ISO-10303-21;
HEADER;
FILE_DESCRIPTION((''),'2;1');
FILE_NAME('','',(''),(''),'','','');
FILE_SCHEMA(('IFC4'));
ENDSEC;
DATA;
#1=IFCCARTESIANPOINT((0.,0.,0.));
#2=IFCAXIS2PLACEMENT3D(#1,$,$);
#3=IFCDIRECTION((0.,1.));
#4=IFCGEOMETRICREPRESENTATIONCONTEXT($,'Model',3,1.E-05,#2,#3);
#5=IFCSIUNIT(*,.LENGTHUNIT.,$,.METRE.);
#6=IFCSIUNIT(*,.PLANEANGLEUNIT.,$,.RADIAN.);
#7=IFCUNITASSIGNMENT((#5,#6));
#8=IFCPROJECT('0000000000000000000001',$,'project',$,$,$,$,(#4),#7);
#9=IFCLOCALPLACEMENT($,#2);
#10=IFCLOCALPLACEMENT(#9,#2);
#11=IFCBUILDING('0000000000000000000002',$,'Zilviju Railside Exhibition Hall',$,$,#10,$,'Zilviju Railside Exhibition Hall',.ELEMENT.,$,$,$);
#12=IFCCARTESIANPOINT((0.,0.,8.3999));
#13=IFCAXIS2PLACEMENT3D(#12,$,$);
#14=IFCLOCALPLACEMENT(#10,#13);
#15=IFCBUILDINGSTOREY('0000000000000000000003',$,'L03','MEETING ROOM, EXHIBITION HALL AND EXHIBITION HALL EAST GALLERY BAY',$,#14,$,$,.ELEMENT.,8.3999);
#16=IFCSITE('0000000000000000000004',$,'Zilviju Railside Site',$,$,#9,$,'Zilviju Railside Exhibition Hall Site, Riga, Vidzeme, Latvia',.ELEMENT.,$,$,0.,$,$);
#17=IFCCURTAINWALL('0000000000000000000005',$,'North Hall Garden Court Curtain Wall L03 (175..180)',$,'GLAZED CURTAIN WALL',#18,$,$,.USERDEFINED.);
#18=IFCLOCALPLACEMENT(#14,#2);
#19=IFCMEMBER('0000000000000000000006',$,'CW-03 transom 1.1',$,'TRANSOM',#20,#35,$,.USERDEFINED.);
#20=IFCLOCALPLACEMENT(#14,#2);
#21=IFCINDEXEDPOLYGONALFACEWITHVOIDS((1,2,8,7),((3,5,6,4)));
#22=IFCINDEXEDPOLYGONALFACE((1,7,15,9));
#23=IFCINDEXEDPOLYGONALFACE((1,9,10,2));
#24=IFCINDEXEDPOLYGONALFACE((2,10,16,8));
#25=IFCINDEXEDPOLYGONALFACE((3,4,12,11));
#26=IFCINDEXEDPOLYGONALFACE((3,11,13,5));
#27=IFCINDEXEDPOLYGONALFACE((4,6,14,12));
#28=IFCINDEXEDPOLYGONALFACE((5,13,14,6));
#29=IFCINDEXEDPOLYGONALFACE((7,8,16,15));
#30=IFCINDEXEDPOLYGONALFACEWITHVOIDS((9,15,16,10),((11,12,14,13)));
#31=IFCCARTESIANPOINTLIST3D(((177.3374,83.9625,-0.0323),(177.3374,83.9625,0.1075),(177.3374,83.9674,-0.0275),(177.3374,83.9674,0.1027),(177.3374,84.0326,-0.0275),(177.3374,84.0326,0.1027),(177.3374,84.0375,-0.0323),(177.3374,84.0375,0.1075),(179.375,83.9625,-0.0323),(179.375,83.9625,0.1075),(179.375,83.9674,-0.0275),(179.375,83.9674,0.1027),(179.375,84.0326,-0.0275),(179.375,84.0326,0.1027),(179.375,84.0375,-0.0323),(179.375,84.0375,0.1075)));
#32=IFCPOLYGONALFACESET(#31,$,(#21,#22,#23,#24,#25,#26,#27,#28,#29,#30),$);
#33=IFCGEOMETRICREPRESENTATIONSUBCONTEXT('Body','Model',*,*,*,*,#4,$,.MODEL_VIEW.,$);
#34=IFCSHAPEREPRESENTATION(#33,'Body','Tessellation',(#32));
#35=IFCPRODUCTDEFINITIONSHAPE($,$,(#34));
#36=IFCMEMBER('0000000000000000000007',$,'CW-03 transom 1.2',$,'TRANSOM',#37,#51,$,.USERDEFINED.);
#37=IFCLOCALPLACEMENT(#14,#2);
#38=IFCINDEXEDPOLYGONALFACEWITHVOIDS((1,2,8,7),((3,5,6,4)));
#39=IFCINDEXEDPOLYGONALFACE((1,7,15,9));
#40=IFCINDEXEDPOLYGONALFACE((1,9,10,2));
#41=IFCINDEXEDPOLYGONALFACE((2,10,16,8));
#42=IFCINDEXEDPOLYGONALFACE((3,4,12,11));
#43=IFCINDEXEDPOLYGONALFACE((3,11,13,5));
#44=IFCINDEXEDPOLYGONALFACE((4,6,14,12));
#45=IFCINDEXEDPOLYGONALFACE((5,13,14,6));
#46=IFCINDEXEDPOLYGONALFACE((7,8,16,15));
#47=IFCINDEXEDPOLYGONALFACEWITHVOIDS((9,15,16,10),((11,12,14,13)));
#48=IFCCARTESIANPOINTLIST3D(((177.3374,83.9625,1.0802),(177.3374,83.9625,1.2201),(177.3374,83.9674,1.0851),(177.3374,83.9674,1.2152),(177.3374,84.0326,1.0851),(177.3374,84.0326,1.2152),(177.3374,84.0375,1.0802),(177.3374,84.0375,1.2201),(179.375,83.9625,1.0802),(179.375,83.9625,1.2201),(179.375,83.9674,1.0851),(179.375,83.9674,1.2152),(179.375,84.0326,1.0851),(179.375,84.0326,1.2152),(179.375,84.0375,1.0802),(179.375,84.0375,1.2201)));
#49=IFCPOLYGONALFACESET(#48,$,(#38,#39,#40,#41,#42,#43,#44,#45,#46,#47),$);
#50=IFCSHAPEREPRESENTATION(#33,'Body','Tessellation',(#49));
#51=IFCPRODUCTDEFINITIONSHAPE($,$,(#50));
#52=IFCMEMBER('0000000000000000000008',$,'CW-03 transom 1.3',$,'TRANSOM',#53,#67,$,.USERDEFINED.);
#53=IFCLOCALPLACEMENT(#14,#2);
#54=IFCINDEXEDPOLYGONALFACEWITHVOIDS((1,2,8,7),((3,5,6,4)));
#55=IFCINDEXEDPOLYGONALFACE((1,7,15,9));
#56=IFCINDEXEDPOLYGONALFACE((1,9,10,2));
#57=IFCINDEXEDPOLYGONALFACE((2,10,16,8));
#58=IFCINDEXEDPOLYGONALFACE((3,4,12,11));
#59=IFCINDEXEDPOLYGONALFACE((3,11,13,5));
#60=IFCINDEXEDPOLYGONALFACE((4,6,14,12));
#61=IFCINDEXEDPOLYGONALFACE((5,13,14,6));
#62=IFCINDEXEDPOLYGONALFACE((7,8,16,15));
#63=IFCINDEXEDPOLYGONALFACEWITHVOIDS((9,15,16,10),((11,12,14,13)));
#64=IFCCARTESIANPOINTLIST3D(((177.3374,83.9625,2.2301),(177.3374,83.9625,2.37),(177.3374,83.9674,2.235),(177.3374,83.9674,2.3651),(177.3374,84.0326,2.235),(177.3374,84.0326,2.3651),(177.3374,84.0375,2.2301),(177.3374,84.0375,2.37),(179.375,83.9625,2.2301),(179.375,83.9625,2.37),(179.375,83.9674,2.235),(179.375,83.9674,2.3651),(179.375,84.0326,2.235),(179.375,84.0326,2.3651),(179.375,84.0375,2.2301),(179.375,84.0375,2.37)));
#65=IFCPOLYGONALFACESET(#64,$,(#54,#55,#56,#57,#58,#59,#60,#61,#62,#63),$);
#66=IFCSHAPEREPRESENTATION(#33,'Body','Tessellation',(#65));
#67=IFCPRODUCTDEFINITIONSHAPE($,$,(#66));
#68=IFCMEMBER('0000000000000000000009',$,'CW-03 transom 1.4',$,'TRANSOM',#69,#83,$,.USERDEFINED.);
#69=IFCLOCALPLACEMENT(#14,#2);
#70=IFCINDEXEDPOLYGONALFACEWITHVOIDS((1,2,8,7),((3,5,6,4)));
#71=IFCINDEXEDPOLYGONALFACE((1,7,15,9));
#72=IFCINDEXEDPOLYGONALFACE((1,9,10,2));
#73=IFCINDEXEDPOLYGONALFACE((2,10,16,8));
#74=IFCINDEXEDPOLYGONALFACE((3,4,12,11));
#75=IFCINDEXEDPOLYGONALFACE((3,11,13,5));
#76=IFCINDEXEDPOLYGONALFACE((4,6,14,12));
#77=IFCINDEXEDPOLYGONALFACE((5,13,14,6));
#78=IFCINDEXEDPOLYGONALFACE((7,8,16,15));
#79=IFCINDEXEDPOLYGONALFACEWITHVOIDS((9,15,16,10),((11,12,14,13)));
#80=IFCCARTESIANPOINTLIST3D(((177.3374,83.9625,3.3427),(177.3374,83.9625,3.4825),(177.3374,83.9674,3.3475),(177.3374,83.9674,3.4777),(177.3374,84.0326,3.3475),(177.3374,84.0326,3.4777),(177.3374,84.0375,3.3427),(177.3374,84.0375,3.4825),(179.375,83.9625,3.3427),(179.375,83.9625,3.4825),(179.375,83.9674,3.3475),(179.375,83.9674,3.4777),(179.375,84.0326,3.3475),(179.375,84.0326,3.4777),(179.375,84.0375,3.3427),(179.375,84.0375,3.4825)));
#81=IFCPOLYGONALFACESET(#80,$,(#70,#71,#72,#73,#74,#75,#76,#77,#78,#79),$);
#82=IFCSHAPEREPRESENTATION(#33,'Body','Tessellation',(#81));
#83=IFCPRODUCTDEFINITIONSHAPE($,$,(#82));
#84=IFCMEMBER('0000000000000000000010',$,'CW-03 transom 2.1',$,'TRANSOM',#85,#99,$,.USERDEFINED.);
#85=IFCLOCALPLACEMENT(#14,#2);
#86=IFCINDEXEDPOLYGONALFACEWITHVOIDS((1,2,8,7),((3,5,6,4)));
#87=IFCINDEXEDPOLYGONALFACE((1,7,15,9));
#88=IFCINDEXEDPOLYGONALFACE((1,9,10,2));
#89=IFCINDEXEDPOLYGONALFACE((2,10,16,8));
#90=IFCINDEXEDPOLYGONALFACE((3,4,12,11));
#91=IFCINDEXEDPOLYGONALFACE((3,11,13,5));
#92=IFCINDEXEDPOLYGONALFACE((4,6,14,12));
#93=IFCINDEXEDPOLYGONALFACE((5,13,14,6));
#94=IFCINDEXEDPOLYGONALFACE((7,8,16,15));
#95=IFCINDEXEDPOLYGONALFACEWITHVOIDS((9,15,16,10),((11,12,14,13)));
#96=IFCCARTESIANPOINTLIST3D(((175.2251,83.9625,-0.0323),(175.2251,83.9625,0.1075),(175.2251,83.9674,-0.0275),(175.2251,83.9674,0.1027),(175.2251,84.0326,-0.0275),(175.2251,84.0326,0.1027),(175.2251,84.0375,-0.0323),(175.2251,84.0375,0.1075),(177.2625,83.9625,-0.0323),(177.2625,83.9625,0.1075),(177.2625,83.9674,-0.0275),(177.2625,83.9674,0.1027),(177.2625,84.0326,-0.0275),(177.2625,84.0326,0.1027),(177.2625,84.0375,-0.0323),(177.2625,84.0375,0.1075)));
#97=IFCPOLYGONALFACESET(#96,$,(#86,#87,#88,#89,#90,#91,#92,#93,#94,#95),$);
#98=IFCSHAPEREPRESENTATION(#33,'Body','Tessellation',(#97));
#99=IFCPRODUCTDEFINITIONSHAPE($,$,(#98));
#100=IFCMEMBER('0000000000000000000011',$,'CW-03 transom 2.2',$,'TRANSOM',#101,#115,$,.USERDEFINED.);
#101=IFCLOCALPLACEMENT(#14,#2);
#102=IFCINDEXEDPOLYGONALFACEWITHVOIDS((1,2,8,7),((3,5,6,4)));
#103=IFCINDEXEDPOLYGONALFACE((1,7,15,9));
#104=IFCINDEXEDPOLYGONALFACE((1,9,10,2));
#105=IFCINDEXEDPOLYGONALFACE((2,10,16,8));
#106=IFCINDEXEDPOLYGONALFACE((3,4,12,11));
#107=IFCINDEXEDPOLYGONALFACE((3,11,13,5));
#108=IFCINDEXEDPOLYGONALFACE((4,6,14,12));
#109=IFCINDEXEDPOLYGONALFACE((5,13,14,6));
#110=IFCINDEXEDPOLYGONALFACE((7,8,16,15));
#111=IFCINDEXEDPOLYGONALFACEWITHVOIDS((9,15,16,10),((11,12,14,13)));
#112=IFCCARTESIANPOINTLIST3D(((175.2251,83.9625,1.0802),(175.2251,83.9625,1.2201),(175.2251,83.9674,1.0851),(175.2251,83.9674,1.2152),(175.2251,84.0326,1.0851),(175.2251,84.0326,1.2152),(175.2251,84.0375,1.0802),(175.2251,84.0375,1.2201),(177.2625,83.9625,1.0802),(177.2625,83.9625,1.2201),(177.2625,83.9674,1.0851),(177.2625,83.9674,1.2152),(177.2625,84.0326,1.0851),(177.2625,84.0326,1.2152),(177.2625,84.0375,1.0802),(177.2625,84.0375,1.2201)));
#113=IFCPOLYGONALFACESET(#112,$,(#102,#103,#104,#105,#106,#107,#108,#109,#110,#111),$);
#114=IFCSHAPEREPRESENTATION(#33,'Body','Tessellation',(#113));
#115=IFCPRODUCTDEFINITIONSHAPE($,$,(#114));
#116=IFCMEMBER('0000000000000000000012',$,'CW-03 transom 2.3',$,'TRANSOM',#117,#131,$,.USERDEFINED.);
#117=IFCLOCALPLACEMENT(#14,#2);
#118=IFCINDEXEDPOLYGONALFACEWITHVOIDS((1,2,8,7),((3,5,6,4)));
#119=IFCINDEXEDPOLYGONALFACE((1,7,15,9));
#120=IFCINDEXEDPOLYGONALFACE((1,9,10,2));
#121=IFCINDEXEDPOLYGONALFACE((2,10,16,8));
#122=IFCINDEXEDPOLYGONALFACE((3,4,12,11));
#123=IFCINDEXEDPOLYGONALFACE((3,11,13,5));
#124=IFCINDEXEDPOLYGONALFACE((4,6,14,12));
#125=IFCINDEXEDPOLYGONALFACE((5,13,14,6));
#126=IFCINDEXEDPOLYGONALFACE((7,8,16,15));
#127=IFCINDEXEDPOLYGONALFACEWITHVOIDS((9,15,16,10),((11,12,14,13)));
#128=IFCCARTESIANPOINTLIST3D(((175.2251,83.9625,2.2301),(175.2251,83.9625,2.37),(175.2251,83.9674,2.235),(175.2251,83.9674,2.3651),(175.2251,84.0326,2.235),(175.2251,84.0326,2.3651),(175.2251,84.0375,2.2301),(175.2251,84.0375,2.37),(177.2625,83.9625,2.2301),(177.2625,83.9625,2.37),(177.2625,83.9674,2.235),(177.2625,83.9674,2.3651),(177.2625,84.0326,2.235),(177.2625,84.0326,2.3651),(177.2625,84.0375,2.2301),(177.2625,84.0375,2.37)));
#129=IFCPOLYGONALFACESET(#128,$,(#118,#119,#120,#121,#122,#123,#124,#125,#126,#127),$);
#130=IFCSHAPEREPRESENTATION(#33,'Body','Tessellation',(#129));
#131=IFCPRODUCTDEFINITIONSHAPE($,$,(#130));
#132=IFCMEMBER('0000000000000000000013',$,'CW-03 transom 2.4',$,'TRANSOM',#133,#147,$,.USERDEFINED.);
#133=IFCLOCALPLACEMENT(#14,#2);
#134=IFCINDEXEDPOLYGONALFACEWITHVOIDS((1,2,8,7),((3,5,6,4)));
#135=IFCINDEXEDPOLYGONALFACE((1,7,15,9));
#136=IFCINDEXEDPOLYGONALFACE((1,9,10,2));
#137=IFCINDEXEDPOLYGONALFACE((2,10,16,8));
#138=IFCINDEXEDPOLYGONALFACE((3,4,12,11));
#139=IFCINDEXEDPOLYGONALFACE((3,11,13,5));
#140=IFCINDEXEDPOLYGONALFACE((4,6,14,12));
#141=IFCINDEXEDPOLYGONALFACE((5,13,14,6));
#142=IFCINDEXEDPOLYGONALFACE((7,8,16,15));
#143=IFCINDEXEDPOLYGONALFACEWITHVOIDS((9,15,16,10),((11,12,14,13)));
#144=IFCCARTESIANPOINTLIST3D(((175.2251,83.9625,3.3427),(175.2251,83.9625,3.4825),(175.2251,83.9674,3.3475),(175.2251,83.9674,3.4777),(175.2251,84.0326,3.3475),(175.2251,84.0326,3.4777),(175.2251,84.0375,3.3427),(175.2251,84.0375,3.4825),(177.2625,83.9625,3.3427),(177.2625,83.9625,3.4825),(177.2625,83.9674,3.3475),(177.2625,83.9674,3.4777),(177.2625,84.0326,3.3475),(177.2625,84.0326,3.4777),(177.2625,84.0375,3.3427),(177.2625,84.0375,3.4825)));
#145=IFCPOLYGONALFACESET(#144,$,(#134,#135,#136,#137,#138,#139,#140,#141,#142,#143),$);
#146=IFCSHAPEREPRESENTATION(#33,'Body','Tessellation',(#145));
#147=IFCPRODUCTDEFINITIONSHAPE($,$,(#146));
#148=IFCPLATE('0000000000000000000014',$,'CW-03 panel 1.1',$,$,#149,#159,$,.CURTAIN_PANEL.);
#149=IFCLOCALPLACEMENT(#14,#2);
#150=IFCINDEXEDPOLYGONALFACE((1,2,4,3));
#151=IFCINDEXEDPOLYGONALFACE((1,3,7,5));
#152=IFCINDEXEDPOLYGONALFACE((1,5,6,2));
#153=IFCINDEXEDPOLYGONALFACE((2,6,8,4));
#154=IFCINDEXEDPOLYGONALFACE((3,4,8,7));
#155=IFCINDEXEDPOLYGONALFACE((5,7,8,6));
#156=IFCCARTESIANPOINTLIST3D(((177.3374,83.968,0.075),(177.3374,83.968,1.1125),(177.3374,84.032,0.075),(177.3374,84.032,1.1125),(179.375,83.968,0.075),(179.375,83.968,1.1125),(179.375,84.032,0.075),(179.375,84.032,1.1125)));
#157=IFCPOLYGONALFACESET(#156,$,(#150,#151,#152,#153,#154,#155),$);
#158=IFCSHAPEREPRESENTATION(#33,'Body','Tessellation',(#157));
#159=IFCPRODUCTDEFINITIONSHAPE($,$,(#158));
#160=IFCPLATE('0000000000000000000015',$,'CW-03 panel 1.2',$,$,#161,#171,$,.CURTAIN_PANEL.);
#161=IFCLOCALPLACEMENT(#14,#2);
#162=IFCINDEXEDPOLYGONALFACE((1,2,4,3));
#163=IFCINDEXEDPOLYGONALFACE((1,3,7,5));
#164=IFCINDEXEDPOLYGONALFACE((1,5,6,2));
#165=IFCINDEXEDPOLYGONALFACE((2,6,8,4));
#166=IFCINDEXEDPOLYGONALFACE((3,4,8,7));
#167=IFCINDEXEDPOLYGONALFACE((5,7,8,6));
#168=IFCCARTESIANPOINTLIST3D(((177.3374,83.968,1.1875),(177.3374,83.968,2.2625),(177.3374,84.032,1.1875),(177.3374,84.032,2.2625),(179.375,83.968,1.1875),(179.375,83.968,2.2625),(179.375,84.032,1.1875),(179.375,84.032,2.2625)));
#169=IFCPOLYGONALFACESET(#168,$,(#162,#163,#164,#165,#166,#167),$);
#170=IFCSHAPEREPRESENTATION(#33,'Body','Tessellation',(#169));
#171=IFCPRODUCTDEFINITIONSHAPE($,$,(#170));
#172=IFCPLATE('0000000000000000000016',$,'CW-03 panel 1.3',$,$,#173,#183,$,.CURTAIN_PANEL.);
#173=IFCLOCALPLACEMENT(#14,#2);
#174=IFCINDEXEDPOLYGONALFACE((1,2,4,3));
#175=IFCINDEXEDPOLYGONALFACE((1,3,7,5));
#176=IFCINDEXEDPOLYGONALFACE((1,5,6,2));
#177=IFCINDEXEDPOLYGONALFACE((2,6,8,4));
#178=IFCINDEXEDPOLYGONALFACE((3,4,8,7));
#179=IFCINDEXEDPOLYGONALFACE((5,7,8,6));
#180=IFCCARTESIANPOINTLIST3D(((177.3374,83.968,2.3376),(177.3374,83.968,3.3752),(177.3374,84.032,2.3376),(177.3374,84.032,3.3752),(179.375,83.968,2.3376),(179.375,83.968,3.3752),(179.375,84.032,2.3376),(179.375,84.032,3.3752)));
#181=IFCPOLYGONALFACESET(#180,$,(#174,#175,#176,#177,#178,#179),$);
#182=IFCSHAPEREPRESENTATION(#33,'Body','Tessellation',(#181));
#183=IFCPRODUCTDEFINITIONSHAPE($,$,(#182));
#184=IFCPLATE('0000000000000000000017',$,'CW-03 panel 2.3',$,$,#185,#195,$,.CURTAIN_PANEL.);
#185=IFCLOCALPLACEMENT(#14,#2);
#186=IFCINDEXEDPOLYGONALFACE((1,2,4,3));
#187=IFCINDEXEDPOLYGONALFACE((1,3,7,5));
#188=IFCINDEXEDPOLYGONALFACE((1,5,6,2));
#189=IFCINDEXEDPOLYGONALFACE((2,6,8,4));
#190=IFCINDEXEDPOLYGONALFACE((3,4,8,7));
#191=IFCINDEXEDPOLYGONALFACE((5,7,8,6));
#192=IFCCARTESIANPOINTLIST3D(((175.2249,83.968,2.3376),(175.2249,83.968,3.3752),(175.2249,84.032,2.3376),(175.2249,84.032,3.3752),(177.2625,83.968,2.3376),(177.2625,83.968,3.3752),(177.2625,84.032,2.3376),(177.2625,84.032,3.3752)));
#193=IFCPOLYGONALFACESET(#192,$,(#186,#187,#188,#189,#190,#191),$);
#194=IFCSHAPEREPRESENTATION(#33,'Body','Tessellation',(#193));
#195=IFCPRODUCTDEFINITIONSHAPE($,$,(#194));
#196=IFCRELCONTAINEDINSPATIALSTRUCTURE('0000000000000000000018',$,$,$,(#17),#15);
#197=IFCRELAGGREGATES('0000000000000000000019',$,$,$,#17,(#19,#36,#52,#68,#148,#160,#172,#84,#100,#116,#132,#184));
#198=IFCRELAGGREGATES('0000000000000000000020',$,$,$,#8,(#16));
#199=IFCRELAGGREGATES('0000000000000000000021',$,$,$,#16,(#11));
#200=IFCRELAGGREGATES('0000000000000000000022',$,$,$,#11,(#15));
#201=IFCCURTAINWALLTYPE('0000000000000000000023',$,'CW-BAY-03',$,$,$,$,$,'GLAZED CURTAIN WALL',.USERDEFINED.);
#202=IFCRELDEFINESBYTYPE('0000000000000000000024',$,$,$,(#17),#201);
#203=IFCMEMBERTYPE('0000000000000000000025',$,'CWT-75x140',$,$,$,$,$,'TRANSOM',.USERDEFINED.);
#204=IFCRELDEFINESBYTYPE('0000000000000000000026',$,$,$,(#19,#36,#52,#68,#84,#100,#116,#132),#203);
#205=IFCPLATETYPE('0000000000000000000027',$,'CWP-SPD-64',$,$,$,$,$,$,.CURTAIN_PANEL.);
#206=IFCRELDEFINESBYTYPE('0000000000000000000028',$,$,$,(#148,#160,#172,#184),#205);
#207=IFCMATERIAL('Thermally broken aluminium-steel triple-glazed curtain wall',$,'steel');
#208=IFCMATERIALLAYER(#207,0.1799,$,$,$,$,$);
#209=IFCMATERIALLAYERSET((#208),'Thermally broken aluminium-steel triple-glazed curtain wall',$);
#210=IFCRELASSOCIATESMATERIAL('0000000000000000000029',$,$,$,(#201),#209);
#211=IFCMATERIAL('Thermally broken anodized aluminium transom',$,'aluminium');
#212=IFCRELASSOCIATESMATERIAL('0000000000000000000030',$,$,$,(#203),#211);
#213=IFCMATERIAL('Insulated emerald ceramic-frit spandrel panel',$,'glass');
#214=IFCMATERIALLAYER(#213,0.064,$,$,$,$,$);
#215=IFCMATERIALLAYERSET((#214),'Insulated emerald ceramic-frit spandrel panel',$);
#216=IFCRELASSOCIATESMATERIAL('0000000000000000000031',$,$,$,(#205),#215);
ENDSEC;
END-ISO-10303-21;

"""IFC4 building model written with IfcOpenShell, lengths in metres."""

from ifc_helpers import new_model, si_unit, direction, frame, origin, origin_2d, place, context, subcontext, project, spatial, rectangle, hollow_rectangle, extrude, material, layer, layer_set, material_profile, profile_set, type_object, element, aggregate, save


model = new_model("IFC4")

# Units and contexts
model_context = context("Model", 3, precision=1e-05, world=origin(), true_north=direction((0.0, 1.0)))
body_context = subcontext(model_context, "Body", "Model", "MODEL_VIEW")
ifc_project = project(units=[si_unit("LENGTHUNIT", "METRE"), si_unit("PLANEANGLEUNIT", "RADIAN")], contexts=[model_context])

# Site, building, storey
site_placement = place(None, origin())
site = spatial("IfcSite", under=ifc_project, at=site_placement, Name="Zilviju Railside Site", LongName="Zilviju Railside Exhibition Hall Site, Riga, Vidzeme, Latvia", CompositionType="ELEMENT", RefElevation=0.0)
building_placement = place(site_placement, origin())
building = spatial("IfcBuilding", under=site, at=building_placement, Name="Zilviju Railside Exhibition Hall", LongName="Zilviju Railside Exhibition Hall", CompositionType="ELEMENT")
storey_placement = place(building_placement, frame((0.0, 0.0, 8.3999)))
storey = spatial("IfcBuildingStorey", under=building, at=storey_placement, Name="L03", Description="MEETING ROOM, EXHIBITION HALL AND EXHIBITION HALL EAST GALLERY BAY", CompositionType="ELEMENT", Elevation=8.3999)

# Curtain wall, members, plates
ifc_material_1 = material(Name="Thermally broken aluminium-steel triple-glazed curtain wall", Category="steel")
ifc_layer_1 = layer(ifc_material_1, 0.1799)
ifc_layer_set_1 = layer_set([ifc_layer_1], Name="Thermally broken aluminium-steel triple-glazed curtain wall")
curtain_wall_type = type_object("IfcCurtainWallType", Name="CW-BAY-03", ElementType="GLAZED CURTAIN WALL", PredefinedType="USERDEFINED", material=ifc_layer_set_1)
curtain_wall_placement = place(storey_placement, origin())
curtain_wall = element("IfcCurtainWall", 1, at=curtain_wall_placement, inside=storey, type_object=curtain_wall_type, Name="North Hall Garden Court Curtain Wall L03 (175..180)", ObjectType="GLAZED CURTAIN WALL", PredefinedType="USERDEFINED")
ifc_material_2 = material(Name="Thermally broken anodized aluminium transom", Category="aluminium")
ifc_material_profile_1 = material_profile(ifc_material_2, hollow_rectangle(XDim=0.075, YDim=0.1399, WallThickness=0.0049, at=origin_2d()), Name="TRANSOM 140x75x5")
ifc_profile_set_1 = profile_set([ifc_material_profile_1], Name="Thermally broken anodized aluminium transom")
member_type_1 = type_object("IfcMemberType", Name="CWT-75x140", ElementType="TRANSOM", PredefinedType="USERDEFINED", material=ifc_profile_set_1)
member_1_placement = place(storey_placement, frame((179.375, 84.0, 0.0376), z_axis=(-1.0, 0.0, 0.0), x_axis=(0.0, -1.0, 0.0)))
member_1 = element("IfcMember", 2, at=member_1_placement, type_object=member_type_1, Name="CW-03 transom 1.1", ObjectType="TRANSOM", PredefinedType="USERDEFINED", context=body_context, shape_type="SweptSolid", body=[
    extrude(hollow_rectangle(XDim=0.075, YDim=0.1399, WallThickness=0.0049, at=origin_2d()), origin(), (0.0, 0.0, 1.0), 2.0376),
])
member_2_placement = place(storey_placement, frame((179.375, 84.0, 1.1501), z_axis=(-1.0, 0.0, 0.0), x_axis=(0.0, -1.0, 0.0)))
member_2 = element("IfcMember", 3, at=member_2_placement, type_object=member_type_1, Name="CW-03 transom 1.2", ObjectType="TRANSOM", PredefinedType="USERDEFINED", context=body_context, shape_type="SweptSolid", body=[
    extrude(hollow_rectangle(XDim=0.075, YDim=0.1399, WallThickness=0.0049, at=origin_2d()), origin(), (0.0, 0.0, 1.0), 2.0376),
])
member_3_placement = place(storey_placement, frame((179.375, 84.0, 2.3), z_axis=(-1.0, 0.0, 0.0), x_axis=(0.0, -1.0, 0.0)))
member_3 = element("IfcMember", 4, at=member_3_placement, type_object=member_type_1, Name="CW-03 transom 1.3", ObjectType="TRANSOM", PredefinedType="USERDEFINED", context=body_context, shape_type="SweptSolid", body=[
    extrude(hollow_rectangle(XDim=0.075, YDim=0.1399, WallThickness=0.0049, at=origin_2d()), origin(), (0.0, 0.0, 1.0), 2.0376),
])
member_4_placement = place(storey_placement, frame((179.375, 84.0, 3.4126), z_axis=(-1.0, 0.0, 0.0), x_axis=(0.0, -1.0, 0.0)))
member_4 = element("IfcMember", 5, at=member_4_placement, type_object=member_type_1, Name="CW-03 transom 1.4", ObjectType="TRANSOM", PredefinedType="USERDEFINED", context=body_context, shape_type="SweptSolid", body=[
    extrude(hollow_rectangle(XDim=0.075, YDim=0.1399, WallThickness=0.0049, at=origin_2d()), origin(), (0.0, 0.0, 1.0), 2.0376),
])
member_5_placement = place(storey_placement, frame((177.2625, 84.0, 0.0376), z_axis=(-1.0, 0.0, 0.0), x_axis=(0.0, -1.0, 0.0)))
member_5 = element("IfcMember", 6, at=member_5_placement, type_object=member_type_1, Name="CW-03 transom 2.1", ObjectType="TRANSOM", PredefinedType="USERDEFINED", context=body_context, shape_type="SweptSolid", body=[
    extrude(hollow_rectangle(XDim=0.075, YDim=0.1399, WallThickness=0.0049, at=origin_2d()), origin(), (0.0, 0.0, 1.0), 2.0374),
])
member_6_placement = place(storey_placement, frame((177.2625, 84.0, 1.1501), z_axis=(-1.0, 0.0, 0.0), x_axis=(0.0, -1.0, 0.0)))
member_6 = element("IfcMember", 7, at=member_6_placement, type_object=member_type_1, Name="CW-03 transom 2.2", ObjectType="TRANSOM", PredefinedType="USERDEFINED", context=body_context, shape_type="SweptSolid", body=[
    extrude(hollow_rectangle(XDim=0.075, YDim=0.1399, WallThickness=0.0049, at=origin_2d()), origin(), (0.0, 0.0, 1.0), 2.0374),
])
member_7_placement = place(storey_placement, frame((177.2625, 84.0, 2.3), z_axis=(-1.0, 0.0, 0.0), x_axis=(0.0, -1.0, 0.0)))
member_7 = element("IfcMember", 8, at=member_7_placement, type_object=member_type_1, Name="CW-03 transom 2.3", ObjectType="TRANSOM", PredefinedType="USERDEFINED", context=body_context, shape_type="SweptSolid", body=[
    extrude(hollow_rectangle(XDim=0.075, YDim=0.1399, WallThickness=0.0049, at=origin_2d()), origin(), (0.0, 0.0, 1.0), 2.0374),
])
member_8_placement = place(storey_placement, frame((177.2625, 84.0, 3.4126), z_axis=(-1.0, 0.0, 0.0), x_axis=(0.0, -1.0, 0.0)))
member_8 = element("IfcMember", 9, at=member_8_placement, type_object=member_type_1, Name="CW-03 transom 2.4", ObjectType="TRANSOM", PredefinedType="USERDEFINED", context=body_context, shape_type="SweptSolid", body=[
    extrude(hollow_rectangle(XDim=0.075, YDim=0.1399, WallThickness=0.0049, at=origin_2d()), origin(), (0.0, 0.0, 1.0), 2.0374),
])
ifc_material_3 = material(Name="Insulated emerald ceramic-frit spandrel panel", Category="glass")
ifc_layer_2 = layer(ifc_material_3, 0.064)
ifc_layer_set_2 = layer_set([ifc_layer_2], Name="Insulated emerald ceramic-frit spandrel panel")
plate_type = type_object("IfcPlateType", Name="CWP-SPD-64", PredefinedType="CURTAIN_PANEL", material=ifc_layer_set_2)
plate_1_placement = place(storey_placement, frame((178.3562, 84.0, 0.075), z_axis=(0.0, 0.0, 1.0), x_axis=(-1.0, 0.0, 0.0)))
plate_1 = element("IfcPlate", 10, at=plate_1_placement, type_object=plate_type, Name="CW-03 panel 1.1", PredefinedType="CURTAIN_PANEL", context=body_context, shape_type="SweptSolid", body=[
    extrude(rectangle(XDim=2.0376, YDim=0.064, at=origin_2d()), origin(), (0.0, 0.0, 1.0), 1.0376),
])
plate_2_placement = place(storey_placement, frame((178.3562, 84.0, 1.1875), z_axis=(0.0, 0.0, 1.0), x_axis=(-1.0, 0.0, 0.0)))
plate_2 = element("IfcPlate", 11, at=plate_2_placement, type_object=plate_type, Name="CW-03 panel 1.2", PredefinedType="CURTAIN_PANEL", context=body_context, shape_type="SweptSolid", body=[
    extrude(rectangle(XDim=2.0376, YDim=0.064, at=origin_2d()), origin(), (0.0, 0.0, 1.0), 1.075),
])
plate_3_placement = place(storey_placement, frame((178.3562, 84.0, 2.3376), z_axis=(0.0, 0.0, 1.0), x_axis=(-1.0, 0.0, 0.0)))
plate_3 = element("IfcPlate", 12, at=plate_3_placement, type_object=plate_type, Name="CW-03 panel 1.3", PredefinedType="CURTAIN_PANEL", context=body_context, shape_type="SweptSolid", body=[
    extrude(rectangle(XDim=2.0376, YDim=0.064, at=origin_2d()), origin(), (0.0, 0.0, 1.0), 1.0376),
])
plate_4_placement = place(storey_placement, frame((176.2437, 84.0, 2.3376), z_axis=(0.0, 0.0, 1.0), x_axis=(-1.0, 0.0, 0.0)))
plate_4 = element("IfcPlate", 13, at=plate_4_placement, type_object=plate_type, Name="CW-03 panel 2.3", PredefinedType="CURTAIN_PANEL", context=body_context, shape_type="SweptSolid", body=[
    extrude(rectangle(XDim=2.0376, YDim=0.064, at=origin_2d()), origin(), (0.0, 0.0, 1.0), 1.0376),
])
aggregate(curtain_wall, [member_1, member_2, member_3, member_4, plate_1, plate_2, plate_3, member_5, member_6, member_7, member_8, plate_4])

save(model, "model.ifc")
